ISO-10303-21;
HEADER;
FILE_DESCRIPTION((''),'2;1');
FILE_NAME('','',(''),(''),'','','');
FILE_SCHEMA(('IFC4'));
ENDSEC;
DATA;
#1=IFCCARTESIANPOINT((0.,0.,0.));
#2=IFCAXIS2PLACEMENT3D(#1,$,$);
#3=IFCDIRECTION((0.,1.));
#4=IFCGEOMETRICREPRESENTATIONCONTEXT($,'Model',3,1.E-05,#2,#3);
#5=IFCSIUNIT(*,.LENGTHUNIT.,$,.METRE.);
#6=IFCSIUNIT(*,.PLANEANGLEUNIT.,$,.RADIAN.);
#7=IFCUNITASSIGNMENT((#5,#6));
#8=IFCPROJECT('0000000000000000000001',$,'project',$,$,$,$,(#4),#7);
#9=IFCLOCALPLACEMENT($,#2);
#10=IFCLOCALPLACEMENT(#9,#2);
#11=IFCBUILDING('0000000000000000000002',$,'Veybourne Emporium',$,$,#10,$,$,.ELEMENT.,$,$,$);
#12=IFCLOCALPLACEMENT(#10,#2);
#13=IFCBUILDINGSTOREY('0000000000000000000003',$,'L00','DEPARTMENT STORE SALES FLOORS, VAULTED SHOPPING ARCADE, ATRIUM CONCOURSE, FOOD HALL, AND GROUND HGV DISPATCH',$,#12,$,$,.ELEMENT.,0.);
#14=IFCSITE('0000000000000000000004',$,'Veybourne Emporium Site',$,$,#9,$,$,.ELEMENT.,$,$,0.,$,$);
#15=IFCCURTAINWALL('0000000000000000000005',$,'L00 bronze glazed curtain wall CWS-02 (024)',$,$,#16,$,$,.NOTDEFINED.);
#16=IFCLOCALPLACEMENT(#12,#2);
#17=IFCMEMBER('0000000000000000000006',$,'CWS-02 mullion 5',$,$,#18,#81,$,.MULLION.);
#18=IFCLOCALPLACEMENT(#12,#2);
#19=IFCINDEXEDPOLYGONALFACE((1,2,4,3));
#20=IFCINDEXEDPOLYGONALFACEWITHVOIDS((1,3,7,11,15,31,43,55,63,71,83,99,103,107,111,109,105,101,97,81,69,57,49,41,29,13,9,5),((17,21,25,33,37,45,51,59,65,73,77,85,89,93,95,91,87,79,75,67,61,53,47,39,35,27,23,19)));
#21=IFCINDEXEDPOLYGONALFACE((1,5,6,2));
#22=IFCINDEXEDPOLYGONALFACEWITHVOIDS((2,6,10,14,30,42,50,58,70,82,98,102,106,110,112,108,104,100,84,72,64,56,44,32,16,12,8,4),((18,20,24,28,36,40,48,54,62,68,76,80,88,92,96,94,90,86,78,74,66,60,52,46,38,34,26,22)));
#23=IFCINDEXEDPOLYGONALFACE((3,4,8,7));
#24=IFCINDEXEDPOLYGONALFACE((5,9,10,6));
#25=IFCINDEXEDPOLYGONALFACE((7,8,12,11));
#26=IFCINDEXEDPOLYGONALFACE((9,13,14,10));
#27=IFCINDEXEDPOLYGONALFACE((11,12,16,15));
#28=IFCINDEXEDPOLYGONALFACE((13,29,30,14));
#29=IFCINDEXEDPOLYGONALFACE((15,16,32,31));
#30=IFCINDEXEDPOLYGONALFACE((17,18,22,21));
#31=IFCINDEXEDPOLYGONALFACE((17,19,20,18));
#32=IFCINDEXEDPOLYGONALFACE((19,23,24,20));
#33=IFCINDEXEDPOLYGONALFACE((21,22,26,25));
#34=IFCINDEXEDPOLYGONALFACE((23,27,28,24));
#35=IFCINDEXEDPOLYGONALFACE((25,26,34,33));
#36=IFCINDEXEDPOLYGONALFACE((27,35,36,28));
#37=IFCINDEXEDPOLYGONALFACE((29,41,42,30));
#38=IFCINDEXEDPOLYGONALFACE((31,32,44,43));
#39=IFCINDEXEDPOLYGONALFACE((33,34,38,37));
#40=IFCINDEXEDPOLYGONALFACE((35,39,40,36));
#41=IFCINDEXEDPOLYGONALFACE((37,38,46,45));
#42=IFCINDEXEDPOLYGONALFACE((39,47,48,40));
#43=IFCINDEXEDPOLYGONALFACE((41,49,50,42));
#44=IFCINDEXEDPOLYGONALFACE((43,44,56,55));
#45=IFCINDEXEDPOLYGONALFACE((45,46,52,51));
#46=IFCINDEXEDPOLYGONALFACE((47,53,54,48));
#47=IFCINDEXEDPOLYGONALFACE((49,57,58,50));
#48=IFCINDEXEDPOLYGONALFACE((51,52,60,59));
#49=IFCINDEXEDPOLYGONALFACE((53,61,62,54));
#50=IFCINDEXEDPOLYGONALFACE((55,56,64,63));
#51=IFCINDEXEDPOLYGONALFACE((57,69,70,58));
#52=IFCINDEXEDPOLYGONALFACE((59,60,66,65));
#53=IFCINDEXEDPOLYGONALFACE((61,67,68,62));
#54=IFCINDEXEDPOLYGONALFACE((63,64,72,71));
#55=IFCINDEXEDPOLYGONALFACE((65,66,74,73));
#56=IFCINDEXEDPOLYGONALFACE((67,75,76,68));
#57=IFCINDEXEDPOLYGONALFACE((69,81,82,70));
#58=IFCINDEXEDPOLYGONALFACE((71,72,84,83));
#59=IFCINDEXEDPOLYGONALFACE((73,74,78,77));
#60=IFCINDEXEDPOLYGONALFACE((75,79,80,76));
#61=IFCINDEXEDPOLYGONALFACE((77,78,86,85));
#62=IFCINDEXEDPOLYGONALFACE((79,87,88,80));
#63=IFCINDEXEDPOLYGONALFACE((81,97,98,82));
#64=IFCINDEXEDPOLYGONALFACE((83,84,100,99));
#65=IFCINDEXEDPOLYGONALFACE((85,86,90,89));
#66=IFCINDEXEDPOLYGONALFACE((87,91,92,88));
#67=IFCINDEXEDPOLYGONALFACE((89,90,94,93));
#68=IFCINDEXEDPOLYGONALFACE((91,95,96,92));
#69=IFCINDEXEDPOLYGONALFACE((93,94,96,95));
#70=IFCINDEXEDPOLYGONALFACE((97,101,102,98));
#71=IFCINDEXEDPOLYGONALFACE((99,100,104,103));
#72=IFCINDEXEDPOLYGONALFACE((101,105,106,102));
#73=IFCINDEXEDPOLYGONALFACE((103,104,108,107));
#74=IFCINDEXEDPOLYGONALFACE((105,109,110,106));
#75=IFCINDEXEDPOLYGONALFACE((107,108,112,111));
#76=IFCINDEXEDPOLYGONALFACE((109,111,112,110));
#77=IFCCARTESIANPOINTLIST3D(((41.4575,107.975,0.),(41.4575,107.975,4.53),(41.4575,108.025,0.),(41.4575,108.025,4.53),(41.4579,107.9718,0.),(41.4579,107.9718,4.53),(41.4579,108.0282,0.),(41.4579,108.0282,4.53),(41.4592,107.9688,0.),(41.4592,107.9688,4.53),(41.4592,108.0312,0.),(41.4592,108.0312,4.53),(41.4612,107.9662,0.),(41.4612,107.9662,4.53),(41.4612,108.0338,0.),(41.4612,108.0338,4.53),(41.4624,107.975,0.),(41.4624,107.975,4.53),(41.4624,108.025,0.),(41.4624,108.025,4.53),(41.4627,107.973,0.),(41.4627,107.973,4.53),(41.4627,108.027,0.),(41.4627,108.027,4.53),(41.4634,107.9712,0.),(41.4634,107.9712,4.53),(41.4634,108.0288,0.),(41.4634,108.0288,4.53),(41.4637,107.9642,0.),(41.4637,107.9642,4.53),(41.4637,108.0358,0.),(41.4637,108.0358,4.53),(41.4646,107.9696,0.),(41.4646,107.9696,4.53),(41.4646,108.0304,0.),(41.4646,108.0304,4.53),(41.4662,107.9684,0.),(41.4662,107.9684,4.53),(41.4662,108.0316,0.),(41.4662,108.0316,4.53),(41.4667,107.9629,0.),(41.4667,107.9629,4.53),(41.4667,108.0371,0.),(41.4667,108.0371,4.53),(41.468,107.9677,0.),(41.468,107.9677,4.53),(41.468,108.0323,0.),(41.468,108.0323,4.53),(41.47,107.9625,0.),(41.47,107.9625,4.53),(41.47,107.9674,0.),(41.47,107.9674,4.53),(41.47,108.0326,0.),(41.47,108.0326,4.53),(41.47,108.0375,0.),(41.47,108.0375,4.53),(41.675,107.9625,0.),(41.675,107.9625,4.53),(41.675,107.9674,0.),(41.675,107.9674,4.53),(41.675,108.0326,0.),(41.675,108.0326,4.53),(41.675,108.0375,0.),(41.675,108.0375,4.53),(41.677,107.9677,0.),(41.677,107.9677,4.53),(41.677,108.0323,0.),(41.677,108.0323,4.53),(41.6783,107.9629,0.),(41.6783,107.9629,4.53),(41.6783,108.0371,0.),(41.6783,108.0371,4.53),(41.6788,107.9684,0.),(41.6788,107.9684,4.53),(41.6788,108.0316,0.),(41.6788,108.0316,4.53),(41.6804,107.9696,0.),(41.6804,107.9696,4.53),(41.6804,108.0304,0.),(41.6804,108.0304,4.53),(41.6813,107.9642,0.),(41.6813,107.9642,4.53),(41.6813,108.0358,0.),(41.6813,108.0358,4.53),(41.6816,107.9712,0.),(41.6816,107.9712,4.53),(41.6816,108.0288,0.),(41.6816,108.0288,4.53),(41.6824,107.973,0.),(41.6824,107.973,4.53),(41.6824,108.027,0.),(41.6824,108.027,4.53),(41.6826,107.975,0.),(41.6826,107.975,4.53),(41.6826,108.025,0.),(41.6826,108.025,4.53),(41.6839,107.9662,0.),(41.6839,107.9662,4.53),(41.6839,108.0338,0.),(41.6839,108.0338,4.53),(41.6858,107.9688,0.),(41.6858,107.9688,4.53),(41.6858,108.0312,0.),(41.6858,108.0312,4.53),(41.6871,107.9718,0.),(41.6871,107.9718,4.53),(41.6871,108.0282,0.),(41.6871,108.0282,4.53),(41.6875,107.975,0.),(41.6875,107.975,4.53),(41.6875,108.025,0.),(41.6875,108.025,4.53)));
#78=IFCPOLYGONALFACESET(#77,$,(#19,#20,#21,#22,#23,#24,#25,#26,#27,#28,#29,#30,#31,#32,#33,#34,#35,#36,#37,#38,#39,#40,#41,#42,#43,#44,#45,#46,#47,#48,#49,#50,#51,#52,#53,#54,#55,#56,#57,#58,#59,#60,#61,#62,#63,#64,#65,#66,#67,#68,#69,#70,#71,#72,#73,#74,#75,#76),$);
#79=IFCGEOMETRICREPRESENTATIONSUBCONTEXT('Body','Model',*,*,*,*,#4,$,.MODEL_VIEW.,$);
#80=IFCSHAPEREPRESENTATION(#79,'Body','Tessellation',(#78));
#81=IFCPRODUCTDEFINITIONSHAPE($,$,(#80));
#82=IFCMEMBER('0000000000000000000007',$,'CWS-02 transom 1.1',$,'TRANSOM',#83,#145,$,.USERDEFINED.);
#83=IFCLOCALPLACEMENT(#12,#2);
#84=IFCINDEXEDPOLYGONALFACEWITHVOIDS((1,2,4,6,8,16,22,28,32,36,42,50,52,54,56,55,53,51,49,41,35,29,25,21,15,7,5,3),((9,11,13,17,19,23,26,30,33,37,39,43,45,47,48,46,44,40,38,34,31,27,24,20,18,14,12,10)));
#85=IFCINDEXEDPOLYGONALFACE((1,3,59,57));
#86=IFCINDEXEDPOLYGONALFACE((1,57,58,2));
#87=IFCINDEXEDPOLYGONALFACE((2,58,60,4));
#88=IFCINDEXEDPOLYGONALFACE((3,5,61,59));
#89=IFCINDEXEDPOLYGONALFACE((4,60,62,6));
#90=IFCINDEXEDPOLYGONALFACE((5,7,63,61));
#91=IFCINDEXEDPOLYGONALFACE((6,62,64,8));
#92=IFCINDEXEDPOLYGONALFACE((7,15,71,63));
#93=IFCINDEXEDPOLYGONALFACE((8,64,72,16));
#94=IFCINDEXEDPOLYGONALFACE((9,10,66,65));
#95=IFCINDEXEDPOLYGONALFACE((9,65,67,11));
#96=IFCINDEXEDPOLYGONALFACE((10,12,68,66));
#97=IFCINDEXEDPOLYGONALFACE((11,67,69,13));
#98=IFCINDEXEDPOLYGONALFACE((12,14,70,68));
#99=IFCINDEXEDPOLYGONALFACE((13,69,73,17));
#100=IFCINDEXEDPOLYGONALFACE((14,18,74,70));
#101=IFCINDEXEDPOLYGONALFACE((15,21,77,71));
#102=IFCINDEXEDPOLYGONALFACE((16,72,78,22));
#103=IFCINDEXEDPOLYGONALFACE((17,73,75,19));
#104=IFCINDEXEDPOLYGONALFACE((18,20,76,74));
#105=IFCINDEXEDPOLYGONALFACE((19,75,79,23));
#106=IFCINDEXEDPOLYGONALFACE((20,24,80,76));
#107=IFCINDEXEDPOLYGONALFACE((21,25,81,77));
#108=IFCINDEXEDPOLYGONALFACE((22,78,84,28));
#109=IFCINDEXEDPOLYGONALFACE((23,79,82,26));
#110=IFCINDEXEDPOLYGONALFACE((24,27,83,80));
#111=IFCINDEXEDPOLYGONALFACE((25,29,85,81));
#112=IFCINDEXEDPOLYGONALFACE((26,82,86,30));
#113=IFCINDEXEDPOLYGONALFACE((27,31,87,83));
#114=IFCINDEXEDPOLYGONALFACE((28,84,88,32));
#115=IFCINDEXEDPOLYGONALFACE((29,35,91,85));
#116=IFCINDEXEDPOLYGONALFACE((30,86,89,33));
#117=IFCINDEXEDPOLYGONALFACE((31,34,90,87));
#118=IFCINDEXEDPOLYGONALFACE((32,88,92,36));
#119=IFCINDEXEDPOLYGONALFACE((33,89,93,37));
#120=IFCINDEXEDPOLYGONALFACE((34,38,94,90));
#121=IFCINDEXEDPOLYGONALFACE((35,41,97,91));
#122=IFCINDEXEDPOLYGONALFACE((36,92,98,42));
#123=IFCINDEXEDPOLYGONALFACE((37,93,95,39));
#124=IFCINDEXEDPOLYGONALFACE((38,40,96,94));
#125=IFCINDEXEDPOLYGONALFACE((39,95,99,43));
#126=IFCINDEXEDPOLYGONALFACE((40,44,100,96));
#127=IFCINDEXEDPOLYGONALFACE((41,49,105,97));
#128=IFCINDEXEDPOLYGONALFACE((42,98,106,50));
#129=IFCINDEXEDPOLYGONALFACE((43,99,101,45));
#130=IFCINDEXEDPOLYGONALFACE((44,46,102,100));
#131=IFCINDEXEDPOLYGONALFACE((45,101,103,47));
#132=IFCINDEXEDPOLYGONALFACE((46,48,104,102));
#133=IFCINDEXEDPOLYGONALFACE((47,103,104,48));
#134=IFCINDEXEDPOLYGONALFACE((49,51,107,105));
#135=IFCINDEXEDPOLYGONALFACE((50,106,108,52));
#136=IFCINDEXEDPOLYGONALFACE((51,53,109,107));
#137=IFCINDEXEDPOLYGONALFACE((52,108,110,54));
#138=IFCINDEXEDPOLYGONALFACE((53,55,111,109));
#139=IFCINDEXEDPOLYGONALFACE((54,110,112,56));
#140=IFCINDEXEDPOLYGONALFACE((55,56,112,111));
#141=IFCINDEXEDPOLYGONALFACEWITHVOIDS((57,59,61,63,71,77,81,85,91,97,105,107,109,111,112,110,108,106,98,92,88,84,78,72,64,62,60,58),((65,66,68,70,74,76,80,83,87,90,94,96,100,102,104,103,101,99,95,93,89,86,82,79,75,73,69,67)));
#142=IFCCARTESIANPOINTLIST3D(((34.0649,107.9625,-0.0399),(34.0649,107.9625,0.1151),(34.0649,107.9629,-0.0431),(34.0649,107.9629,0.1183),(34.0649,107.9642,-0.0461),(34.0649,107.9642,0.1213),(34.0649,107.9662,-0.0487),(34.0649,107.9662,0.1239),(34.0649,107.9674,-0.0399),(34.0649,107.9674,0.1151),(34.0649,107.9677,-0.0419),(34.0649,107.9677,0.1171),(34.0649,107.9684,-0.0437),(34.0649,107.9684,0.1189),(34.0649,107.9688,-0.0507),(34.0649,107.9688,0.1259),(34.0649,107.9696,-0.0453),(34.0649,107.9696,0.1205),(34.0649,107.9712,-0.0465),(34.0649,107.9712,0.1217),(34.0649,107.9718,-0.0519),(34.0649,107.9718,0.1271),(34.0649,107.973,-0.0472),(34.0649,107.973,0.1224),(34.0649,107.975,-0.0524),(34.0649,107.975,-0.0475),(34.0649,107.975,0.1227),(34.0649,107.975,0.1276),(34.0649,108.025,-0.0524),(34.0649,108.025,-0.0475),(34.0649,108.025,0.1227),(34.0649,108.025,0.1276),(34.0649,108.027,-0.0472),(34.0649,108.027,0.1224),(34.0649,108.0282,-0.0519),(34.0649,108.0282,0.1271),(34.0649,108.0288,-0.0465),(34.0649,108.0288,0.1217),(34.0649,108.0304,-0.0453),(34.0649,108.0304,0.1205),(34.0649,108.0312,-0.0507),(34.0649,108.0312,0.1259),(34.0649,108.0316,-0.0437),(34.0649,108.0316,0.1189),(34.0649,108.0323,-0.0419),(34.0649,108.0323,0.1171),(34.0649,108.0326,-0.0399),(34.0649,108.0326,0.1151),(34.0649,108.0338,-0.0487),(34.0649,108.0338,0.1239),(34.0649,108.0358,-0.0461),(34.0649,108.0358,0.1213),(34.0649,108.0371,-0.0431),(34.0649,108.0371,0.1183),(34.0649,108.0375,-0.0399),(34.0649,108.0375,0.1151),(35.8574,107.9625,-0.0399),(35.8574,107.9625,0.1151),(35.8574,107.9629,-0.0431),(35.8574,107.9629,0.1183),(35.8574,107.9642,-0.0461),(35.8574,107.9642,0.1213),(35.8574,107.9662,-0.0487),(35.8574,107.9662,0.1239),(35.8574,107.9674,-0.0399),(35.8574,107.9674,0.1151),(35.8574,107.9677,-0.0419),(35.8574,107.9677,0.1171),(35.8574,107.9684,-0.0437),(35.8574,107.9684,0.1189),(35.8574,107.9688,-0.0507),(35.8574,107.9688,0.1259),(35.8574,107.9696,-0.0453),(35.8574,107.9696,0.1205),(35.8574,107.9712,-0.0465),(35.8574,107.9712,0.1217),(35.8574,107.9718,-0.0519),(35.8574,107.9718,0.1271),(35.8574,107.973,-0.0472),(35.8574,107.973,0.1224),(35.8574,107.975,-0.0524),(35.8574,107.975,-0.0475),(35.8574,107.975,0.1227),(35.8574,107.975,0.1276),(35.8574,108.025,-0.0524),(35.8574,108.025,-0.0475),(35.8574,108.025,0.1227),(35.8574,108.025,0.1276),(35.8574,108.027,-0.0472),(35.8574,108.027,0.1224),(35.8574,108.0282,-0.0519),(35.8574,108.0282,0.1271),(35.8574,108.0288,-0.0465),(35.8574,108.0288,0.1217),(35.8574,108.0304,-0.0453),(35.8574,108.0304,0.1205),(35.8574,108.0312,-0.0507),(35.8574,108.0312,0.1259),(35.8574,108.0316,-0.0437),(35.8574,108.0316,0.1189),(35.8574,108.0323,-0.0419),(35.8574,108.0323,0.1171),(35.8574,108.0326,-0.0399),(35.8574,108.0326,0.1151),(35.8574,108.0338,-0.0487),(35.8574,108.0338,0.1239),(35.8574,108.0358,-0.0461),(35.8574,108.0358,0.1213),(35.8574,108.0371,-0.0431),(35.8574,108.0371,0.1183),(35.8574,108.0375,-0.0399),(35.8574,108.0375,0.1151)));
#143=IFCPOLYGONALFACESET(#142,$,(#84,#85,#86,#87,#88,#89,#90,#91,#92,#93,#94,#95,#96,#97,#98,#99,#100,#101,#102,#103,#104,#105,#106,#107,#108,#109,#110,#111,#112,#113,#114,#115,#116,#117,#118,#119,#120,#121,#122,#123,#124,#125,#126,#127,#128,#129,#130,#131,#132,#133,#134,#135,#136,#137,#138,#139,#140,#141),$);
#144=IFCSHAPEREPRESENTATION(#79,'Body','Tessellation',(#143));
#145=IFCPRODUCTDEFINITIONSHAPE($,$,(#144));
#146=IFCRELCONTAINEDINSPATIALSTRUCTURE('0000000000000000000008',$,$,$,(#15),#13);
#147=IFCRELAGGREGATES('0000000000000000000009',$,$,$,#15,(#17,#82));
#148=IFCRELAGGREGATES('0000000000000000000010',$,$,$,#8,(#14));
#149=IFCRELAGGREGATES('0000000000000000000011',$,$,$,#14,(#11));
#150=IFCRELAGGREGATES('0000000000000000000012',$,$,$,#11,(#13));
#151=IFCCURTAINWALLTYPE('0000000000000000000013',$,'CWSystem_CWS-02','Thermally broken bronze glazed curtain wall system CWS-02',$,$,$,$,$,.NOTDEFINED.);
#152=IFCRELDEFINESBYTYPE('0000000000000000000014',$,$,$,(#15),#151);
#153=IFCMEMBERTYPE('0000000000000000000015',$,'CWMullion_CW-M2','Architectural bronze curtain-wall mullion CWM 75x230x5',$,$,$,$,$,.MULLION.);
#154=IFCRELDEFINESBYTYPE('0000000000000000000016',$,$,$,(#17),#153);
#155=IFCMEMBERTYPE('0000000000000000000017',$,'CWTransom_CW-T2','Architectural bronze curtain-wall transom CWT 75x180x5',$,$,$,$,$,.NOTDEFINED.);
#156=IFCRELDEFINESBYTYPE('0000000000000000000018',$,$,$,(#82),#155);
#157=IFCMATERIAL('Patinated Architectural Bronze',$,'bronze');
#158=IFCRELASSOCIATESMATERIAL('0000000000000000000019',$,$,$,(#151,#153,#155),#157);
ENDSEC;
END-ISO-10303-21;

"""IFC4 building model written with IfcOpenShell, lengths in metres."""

from ifc_helpers import new_model, si_unit, direction, frame, origin, origin_2d, place, context, subcontext, project, spatial, hollow_rectangle, extrude, material, material_profile, profile_set, type_object, element, aggregate, save


model = new_model("IFC4")

# Units and contexts
model_context = context("Model", 3, precision=1e-05, world=origin(), true_north=direction((0.0, 1.0)))
body_context = subcontext(model_context, "Body", "Model", "MODEL_VIEW")
ifc_project = project(units=[si_unit("LENGTHUNIT", "METRE"), si_unit("PLANEANGLEUNIT", "RADIAN")], contexts=[model_context])

# Site, building, storey
site_placement = place(None, origin())
site = spatial("IfcSite", under=ifc_project, at=site_placement, Name="Veybourne Emporium Site", CompositionType="ELEMENT", RefElevation=0.0)
building_placement = place(site_placement, origin())
building = spatial("IfcBuilding", under=site, at=building_placement, Name="Veybourne Emporium", CompositionType="ELEMENT")
storey_placement = place(building_placement, origin())
storey = spatial("IfcBuildingStorey", under=building, at=storey_placement, Name="L00", Description="DEPARTMENT STORE SALES FLOORS, VAULTED SHOPPING ARCADE, ATRIUM CONCOURSE, FOOD HALL, AND GROUND HGV DISPATCH", CompositionType="ELEMENT", Elevation=0.0)

# Curtain wall, members
ifc_material_1 = material(Name="Patinated Architectural Bronze", Category="bronze")
curtain_wall_type = type_object("IfcCurtainWallType", Name="CWSystem_CWS-02", Description="Thermally broken bronze glazed curtain wall system CWS-02", PredefinedType="NOTDEFINED", material=ifc_material_1)
curtain_wall_placement = place(storey_placement, origin())
curtain_wall = element("IfcCurtainWall", 1, at=curtain_wall_placement, inside=storey, type_object=curtain_wall_type, Name="L00 bronze glazed curtain wall CWS-02 (024)", PredefinedType="NOTDEFINED")
ifc_material_profile_1 = material_profile(ifc_material_1, hollow_rectangle(XDim=0.075, YDim=0.23, WallThickness=0.0049, InnerFilletRadius=0.0076, OuterFilletRadius=0.0125, at=origin_2d()), Name="CWM 75x230x5")
ifc_profile_set_1 = profile_set([ifc_material_profile_1], Name="Patinated Architectural Bronze")
member_type_1 = type_object("IfcMemberType", Name="CWMullion_CW-M2", Description="Architectural bronze curtain-wall mullion CWM 75x230x5", PredefinedType="MULLION", material=ifc_profile_set_1)
member_1_placement = place(storey_placement, frame((41.5725, 108.0, 0.0), z_axis=(0.0, 0.0, 1.0), x_axis=(0.0, 1.0, 0.0)))
member_1 = element("IfcMember", 2, at=member_1_placement, type_object=member_type_1, Name="CWS-02 mullion 5", PredefinedType="MULLION", context=body_context, shape_type="SweptSolid", body=[
    extrude(hollow_rectangle(XDim=0.075, YDim=0.23, WallThickness=0.0049, InnerFilletRadius=0.0076, OuterFilletRadius=0.0125, at=origin_2d()), origin(), (0.0, 0.0, 1.0), 4.53),
])
ifc_material_profile_2 = material_profile(ifc_material_1, hollow_rectangle(XDim=0.075, YDim=0.1799, WallThickness=0.0049, InnerFilletRadius=0.0076, OuterFilletRadius=0.0125, at=origin_2d()), Name="CWT 75x180x5")
ifc_profile_set_2 = profile_set([ifc_material_profile_2], Name="Patinated Architectural Bronze")
member_type_2 = type_object("IfcMemberType", Name="CWTransom_CW-T2", Description="Architectural bronze curtain-wall transom CWT 75x180x5", PredefinedType="NOTDEFINED", material=ifc_profile_set_2)
member_2_placement = place(storey_placement, frame((34.0649, 108.0, 0.0376), z_axis=(1.0, 0.0, 0.0), x_axis=(0.0, 1.0, 0.0)))
member_2 = element("IfcMember", 3, at=member_2_placement, type_object=member_type_2, Name="CWS-02 transom 1.1", ObjectType="TRANSOM", PredefinedType="USERDEFINED", context=body_context, shape_type="SweptSolid", body=[
    extrude(hollow_rectangle(XDim=0.075, YDim=0.1799, WallThickness=0.0049, InnerFilletRadius=0.0076, OuterFilletRadius=0.0125, at=origin_2d()), origin(), (0.0, 0.0, 1.0), 1.7925),
])

aggregate(curtain_wall, [member_1, member_2])

save(model, "model.ifc")
